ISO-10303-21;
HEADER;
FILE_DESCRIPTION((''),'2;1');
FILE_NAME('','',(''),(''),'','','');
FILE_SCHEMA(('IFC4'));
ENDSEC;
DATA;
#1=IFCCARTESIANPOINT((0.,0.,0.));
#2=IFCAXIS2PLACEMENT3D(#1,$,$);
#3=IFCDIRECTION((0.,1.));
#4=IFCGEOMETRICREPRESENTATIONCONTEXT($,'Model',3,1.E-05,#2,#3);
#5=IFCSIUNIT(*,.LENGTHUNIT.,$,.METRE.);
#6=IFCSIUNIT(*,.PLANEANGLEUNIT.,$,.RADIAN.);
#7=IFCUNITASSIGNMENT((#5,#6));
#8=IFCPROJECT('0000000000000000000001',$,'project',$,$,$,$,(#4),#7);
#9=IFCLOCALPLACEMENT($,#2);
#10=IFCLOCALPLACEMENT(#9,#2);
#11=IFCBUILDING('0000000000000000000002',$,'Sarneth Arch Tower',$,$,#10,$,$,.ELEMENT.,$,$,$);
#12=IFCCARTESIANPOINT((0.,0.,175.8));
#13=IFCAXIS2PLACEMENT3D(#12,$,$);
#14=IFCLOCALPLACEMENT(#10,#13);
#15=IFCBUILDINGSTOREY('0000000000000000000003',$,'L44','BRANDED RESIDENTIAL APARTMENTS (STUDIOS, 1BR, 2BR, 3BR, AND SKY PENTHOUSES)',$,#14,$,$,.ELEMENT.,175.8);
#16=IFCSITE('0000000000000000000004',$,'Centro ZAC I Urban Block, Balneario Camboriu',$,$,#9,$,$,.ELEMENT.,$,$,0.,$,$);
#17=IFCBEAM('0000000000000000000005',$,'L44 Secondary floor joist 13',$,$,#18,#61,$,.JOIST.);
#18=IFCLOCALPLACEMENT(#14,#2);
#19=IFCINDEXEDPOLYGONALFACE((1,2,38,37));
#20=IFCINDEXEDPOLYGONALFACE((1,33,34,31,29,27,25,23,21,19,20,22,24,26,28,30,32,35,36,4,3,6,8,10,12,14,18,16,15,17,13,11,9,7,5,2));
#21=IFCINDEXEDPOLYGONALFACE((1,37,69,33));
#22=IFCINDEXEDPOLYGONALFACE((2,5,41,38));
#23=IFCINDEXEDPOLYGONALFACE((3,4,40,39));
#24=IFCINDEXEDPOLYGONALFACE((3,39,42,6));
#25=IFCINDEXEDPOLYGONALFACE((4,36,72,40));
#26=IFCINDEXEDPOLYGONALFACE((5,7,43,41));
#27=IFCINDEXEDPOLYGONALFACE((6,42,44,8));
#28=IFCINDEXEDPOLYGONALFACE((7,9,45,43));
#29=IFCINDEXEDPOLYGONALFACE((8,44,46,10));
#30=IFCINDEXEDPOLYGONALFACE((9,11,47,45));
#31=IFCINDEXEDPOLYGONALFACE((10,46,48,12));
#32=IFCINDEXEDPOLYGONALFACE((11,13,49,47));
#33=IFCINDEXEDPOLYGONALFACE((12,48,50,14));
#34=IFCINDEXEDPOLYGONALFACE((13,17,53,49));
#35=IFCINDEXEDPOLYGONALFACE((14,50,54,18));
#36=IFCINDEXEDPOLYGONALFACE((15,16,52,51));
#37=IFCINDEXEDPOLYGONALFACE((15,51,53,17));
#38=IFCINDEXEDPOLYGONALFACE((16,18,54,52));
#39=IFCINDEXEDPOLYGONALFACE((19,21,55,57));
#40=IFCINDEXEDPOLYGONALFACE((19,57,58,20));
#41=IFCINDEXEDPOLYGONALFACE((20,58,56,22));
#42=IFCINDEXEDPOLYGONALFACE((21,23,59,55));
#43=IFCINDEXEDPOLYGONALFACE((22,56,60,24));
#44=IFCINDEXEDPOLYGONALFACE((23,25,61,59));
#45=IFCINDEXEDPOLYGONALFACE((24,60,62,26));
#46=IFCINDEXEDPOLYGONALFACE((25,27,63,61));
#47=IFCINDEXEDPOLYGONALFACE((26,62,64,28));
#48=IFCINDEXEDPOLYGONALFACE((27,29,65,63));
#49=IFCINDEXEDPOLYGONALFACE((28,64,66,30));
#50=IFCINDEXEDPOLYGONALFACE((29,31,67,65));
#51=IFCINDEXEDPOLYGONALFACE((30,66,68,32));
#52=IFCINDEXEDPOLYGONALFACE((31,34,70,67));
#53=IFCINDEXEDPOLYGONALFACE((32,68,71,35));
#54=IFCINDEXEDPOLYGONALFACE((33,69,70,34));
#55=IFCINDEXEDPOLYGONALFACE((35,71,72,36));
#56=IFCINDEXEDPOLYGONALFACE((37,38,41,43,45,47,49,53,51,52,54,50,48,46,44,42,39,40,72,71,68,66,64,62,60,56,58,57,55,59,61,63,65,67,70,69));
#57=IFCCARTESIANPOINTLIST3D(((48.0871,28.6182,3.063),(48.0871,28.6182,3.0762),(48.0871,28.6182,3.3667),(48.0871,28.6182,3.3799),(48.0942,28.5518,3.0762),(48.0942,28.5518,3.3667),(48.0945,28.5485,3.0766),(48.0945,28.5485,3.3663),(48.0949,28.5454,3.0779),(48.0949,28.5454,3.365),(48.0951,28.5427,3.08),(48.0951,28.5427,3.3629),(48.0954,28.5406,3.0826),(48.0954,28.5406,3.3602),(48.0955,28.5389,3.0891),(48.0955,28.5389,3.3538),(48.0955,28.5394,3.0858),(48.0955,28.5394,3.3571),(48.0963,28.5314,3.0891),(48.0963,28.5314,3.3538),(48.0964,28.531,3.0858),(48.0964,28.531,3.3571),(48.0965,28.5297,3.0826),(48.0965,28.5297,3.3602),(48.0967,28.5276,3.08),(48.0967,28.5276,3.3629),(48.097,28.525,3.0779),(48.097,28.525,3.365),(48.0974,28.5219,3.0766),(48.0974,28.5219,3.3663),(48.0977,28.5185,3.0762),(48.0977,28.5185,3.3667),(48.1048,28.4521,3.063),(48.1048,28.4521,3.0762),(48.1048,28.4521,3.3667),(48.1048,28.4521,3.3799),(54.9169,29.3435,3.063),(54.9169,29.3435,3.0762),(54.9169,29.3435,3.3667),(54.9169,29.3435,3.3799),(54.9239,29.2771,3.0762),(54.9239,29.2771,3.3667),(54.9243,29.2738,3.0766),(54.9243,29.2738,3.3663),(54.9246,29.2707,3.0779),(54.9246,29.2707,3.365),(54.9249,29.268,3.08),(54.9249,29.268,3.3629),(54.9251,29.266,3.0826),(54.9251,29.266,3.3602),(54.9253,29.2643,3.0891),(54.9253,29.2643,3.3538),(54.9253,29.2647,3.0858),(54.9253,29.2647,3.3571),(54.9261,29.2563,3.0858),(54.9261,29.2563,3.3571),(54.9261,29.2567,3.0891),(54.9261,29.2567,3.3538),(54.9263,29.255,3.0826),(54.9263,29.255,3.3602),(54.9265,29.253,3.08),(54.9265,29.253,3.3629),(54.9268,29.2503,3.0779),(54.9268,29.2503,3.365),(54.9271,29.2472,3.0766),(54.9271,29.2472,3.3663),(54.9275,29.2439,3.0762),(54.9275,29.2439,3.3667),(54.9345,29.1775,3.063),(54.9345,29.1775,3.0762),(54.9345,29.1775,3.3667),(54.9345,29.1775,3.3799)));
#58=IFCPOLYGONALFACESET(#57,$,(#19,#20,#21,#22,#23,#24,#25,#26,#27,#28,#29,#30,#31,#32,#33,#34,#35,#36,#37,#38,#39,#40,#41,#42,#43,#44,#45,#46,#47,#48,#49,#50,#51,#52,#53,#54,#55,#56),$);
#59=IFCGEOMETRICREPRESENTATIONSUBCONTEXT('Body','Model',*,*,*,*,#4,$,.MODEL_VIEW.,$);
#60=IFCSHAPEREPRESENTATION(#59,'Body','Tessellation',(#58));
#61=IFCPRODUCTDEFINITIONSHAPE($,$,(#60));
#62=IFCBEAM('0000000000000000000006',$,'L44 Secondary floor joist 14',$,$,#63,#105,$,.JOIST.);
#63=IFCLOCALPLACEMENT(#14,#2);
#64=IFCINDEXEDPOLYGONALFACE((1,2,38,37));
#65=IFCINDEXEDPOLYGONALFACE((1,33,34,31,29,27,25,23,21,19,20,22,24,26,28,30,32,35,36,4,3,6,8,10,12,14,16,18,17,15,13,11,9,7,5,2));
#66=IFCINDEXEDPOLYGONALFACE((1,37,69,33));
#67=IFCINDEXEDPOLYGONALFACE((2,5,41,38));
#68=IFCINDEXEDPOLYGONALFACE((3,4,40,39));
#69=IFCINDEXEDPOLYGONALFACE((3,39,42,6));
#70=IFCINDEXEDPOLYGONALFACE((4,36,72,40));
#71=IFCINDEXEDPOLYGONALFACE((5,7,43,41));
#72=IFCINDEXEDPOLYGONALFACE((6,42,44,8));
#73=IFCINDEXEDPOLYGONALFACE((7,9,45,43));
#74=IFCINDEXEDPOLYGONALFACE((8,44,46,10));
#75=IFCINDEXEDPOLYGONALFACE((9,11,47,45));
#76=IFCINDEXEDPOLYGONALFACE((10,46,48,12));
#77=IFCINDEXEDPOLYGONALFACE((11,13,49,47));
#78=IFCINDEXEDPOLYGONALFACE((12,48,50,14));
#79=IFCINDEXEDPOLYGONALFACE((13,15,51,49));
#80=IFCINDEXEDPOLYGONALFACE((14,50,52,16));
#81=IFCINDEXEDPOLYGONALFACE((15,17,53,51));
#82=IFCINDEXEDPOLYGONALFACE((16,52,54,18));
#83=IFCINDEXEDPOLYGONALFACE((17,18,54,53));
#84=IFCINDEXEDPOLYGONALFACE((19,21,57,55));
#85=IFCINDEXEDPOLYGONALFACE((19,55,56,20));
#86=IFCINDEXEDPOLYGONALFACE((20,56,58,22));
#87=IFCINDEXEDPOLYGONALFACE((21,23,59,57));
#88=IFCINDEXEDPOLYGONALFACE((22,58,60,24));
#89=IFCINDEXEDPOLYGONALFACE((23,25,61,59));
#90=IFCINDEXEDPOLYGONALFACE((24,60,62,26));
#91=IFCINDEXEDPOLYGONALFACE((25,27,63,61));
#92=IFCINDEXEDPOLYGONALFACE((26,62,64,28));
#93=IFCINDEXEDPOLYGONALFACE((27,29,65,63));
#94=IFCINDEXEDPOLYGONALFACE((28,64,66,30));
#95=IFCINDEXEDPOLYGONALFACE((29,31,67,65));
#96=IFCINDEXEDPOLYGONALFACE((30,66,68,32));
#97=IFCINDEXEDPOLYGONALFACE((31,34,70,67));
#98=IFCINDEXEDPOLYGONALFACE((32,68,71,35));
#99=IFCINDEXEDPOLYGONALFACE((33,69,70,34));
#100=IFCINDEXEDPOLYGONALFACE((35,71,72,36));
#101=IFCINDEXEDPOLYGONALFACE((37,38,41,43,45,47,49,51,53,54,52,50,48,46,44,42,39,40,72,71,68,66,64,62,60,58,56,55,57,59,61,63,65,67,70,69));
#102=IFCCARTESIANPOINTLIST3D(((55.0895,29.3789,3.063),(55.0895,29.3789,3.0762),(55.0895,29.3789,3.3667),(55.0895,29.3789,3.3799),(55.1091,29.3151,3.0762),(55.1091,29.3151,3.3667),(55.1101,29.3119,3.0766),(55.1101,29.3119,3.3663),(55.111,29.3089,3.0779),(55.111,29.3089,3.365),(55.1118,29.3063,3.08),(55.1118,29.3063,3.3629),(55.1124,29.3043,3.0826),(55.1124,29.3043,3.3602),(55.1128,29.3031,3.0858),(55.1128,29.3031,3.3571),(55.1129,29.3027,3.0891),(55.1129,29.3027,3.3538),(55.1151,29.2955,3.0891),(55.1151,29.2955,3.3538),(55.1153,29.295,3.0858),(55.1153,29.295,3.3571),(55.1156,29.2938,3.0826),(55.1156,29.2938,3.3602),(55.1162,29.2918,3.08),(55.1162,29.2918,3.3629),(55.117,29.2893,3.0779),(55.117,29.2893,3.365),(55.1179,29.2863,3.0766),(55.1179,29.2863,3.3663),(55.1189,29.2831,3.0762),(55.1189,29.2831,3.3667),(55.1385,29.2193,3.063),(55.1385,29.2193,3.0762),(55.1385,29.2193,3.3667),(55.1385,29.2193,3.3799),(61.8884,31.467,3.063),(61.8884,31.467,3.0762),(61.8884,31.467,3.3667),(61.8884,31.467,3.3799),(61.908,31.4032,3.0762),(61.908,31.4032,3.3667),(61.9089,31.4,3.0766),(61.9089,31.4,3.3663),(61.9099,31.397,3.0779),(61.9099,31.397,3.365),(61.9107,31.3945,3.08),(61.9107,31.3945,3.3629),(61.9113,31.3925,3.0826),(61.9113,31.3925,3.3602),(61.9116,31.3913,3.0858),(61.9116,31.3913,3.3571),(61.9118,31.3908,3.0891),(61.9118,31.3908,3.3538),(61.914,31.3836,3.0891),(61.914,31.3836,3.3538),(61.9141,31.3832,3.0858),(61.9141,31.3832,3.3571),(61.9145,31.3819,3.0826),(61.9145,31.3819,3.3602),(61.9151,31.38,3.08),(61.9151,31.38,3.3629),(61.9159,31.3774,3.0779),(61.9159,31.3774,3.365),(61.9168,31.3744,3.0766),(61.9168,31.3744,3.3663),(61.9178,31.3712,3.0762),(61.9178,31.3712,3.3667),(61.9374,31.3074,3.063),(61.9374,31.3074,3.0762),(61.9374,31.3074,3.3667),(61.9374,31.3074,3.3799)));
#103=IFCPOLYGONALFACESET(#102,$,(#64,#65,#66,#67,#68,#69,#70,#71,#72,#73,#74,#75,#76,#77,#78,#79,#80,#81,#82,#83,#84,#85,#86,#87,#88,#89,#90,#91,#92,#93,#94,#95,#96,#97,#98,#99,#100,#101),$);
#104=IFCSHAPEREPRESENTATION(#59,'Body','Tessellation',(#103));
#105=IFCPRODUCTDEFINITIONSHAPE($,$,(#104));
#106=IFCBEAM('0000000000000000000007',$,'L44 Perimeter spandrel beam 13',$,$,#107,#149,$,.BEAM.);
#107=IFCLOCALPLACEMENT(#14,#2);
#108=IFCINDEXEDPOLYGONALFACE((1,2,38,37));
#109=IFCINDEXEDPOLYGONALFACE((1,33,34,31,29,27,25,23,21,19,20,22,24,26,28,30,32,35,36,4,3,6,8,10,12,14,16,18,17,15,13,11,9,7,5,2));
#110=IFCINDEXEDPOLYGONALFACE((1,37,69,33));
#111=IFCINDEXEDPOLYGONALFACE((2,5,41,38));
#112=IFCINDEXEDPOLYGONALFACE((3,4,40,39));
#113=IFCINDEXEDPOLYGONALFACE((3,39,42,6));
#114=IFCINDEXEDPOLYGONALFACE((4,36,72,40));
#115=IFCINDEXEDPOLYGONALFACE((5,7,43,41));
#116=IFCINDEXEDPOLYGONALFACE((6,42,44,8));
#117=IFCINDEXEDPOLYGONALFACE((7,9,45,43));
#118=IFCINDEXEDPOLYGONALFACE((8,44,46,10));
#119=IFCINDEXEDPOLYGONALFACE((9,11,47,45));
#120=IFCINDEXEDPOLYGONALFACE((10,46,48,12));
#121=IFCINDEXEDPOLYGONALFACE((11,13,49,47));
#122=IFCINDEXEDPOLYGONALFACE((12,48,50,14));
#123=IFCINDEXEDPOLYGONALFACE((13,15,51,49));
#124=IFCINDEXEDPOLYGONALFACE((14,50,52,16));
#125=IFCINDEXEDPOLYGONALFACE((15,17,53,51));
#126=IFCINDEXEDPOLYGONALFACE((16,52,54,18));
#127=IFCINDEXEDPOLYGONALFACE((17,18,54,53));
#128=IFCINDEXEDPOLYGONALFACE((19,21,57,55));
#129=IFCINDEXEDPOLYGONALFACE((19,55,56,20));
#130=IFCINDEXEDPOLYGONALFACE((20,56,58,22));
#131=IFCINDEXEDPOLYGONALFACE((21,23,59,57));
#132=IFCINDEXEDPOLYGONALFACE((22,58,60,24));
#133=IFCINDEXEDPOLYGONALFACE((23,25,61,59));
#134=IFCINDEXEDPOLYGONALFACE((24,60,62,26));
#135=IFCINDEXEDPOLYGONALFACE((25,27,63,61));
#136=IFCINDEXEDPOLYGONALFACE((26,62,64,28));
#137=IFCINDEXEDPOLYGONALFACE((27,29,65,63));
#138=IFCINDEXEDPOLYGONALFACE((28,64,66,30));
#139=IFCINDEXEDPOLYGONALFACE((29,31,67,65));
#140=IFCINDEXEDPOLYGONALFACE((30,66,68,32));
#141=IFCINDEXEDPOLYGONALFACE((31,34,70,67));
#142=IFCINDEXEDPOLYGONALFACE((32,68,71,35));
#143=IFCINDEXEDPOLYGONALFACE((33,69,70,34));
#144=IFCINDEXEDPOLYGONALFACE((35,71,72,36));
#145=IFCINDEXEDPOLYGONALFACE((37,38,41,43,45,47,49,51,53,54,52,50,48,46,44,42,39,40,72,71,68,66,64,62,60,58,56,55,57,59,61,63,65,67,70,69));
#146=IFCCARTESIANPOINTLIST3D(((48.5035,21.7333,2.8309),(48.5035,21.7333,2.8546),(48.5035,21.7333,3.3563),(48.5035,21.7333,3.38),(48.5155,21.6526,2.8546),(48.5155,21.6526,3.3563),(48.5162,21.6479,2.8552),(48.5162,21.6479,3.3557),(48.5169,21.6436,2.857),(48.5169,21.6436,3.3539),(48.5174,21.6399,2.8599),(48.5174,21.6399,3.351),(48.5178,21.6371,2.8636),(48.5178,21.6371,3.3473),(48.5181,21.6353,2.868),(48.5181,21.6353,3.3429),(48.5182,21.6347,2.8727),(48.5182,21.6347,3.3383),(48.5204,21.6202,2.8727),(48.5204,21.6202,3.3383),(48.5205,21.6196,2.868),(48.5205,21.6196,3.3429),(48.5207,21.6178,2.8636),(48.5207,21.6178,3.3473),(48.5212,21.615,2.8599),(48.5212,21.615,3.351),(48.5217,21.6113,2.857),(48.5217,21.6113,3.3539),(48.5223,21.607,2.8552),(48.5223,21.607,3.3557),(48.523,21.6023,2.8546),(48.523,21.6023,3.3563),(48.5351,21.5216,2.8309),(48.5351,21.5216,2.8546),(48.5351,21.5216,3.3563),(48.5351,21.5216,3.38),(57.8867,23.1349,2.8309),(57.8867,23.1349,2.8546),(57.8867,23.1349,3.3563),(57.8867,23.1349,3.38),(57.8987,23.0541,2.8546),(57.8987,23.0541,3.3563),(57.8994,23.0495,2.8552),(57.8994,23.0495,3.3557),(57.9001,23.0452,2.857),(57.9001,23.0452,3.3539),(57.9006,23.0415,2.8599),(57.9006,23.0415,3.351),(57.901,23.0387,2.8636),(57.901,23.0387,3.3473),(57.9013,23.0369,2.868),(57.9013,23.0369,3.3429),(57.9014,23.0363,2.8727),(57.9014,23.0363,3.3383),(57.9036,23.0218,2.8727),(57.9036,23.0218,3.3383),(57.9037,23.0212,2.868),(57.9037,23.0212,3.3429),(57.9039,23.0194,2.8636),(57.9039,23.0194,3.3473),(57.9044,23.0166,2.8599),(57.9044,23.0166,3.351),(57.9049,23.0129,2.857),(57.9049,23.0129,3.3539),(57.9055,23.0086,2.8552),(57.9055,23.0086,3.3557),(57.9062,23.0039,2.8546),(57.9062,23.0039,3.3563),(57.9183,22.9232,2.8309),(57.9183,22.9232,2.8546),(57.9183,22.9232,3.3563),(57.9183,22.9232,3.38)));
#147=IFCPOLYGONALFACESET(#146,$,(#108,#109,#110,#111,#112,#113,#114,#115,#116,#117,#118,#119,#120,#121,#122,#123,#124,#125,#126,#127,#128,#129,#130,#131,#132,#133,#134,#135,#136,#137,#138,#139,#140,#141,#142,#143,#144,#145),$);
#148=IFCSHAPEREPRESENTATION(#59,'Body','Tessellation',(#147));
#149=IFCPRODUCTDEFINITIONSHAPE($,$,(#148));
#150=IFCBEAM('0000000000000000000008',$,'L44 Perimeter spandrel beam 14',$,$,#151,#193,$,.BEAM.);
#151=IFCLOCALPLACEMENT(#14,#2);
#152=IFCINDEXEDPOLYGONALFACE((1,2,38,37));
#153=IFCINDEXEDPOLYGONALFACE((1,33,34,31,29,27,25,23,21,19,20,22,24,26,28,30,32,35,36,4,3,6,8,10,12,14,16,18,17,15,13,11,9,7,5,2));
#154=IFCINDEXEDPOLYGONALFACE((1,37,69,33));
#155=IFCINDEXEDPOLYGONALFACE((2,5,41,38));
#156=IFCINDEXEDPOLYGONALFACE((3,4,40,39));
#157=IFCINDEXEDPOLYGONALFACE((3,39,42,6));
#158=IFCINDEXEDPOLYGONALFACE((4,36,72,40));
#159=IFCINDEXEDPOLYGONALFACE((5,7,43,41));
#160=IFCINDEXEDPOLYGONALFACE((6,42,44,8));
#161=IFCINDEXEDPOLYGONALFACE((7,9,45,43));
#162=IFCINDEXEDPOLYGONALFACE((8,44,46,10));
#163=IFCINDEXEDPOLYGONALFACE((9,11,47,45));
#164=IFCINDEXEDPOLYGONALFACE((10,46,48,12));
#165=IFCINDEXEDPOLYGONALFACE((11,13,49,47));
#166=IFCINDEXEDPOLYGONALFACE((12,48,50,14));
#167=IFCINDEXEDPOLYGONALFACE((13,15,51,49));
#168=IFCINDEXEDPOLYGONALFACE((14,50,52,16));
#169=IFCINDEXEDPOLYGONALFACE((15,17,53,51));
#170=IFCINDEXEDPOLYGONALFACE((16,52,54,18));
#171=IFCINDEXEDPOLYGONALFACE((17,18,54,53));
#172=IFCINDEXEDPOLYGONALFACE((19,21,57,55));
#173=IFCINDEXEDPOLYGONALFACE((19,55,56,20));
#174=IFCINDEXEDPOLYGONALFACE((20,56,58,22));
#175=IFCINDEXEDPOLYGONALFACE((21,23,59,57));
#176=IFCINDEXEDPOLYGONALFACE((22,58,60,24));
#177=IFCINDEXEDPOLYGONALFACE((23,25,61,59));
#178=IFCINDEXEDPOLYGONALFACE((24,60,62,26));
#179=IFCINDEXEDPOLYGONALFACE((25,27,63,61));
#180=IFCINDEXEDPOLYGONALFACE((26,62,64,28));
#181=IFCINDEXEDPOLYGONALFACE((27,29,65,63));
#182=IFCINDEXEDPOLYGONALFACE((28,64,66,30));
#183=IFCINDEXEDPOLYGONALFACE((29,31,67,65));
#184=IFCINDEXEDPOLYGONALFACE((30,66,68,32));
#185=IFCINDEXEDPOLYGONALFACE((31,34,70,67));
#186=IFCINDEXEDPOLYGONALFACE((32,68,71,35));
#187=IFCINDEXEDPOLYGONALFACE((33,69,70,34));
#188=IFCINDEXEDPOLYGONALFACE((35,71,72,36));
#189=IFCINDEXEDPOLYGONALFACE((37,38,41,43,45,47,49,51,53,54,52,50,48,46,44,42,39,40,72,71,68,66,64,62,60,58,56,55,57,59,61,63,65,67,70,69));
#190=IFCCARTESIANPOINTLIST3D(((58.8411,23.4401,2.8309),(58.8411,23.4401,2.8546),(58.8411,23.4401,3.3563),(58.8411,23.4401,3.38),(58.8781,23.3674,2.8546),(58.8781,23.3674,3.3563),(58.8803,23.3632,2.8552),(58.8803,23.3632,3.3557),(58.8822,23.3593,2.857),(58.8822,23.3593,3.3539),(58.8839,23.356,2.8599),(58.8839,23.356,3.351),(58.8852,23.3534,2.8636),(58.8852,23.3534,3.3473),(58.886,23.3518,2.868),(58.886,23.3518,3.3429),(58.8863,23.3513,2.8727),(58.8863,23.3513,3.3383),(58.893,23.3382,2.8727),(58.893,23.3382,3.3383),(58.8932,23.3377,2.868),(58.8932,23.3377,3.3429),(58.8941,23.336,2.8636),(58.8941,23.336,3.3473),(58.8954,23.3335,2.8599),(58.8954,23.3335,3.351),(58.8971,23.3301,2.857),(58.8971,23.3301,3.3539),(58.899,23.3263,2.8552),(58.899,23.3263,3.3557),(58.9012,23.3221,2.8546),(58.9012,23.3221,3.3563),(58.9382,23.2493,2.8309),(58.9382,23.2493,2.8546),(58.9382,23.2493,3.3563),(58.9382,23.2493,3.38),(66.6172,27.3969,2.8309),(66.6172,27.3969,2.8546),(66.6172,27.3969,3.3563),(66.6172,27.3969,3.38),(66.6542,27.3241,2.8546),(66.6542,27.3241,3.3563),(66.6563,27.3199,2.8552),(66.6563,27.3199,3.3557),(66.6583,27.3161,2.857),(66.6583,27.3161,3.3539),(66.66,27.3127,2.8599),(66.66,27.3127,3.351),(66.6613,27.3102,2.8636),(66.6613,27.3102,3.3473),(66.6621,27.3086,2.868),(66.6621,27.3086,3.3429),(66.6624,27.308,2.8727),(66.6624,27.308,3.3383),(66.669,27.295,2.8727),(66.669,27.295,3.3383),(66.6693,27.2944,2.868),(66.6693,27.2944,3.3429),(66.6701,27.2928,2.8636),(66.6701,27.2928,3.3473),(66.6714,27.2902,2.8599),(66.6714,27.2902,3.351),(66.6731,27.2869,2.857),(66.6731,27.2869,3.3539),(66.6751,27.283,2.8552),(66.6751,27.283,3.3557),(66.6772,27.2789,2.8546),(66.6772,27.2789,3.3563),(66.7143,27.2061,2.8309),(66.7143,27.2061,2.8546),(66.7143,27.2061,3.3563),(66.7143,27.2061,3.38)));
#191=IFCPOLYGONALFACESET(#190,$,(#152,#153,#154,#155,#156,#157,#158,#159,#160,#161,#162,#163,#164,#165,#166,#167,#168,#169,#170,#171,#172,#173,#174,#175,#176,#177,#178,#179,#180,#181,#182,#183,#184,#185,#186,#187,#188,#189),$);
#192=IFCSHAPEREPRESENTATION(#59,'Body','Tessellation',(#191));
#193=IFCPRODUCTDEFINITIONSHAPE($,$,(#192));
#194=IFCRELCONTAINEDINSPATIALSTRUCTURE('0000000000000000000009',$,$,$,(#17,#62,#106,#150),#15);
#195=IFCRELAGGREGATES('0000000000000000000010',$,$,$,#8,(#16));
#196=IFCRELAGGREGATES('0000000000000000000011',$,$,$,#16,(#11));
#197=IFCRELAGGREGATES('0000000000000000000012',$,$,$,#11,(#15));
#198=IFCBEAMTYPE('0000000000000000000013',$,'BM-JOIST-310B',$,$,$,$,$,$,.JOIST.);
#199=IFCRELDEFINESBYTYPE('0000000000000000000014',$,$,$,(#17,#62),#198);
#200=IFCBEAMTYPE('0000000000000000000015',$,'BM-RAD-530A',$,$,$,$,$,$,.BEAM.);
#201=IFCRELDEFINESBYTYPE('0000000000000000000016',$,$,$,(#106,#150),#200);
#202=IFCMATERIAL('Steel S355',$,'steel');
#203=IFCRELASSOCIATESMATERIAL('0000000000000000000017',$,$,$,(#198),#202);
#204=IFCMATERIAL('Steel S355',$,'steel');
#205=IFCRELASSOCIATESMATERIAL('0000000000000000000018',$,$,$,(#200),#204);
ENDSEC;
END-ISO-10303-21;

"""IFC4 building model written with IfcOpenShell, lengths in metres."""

from ifc_helpers import new_model, si_unit, direction, frame, origin, origin_2d, place, context, subcontext, project, spatial, i_section, extrude, material, material_profile, profile_set, type_object, element, save


model = new_model("IFC4")

# Units and contexts
model_context = context("Model", 3, precision=1e-05, world=origin(), true_north=direction((0.0, 1.0)))
body_context = subcontext(model_context, "Body", "Model", "MODEL_VIEW")
ifc_project = project(units=[si_unit("LENGTHUNIT", "METRE"), si_unit("PLANEANGLEUNIT", "RADIAN")], contexts=[model_context])

# Site, building, storey
site_placement = place(None, origin())
site = spatial("IfcSite", under=ifc_project, at=site_placement, Name="Centro ZAC I Urban Block, Balneario Camboriu", CompositionType="ELEMENT", RefElevation=0.0)
building_placement = place(site_placement, origin())
building = spatial("IfcBuilding", under=site, at=building_placement, Name="Sarneth Arch Tower", CompositionType="ELEMENT")
storey_placement = place(building_placement, frame((0.0, 0.0, 175.8)))
storey = spatial("IfcBuildingStorey", under=building, at=storey_placement, Name="L44", Description="BRANDED RESIDENTIAL APARTMENTS (STUDIOS, 1BR, 2BR, 3BR, AND SKY PENTHOUSES)", CompositionType="ELEMENT", Elevation=175.8)

# Beams
ifc_material_1 = material(Name="Steel S355", Category="steel")
ifc_material_profile_1 = material_profile(ifc_material_1, i_section(OverallWidth=0.167, OverallDepth=0.3169, WebThickness=0.0076, FlangeThickness=0.0132, FilletRadius=0.0129, at=origin_2d()), Name="W310x52")
ifc_profile_set_1 = profile_set([ifc_material_profile_1], Name="Steel S355")
beam_type_1 = type_object("IfcBeamType", Name="BM-JOIST-310B", PredefinedType="JOIST", material=ifc_profile_set_1)
beam_1_placement = place(storey_placement, frame((48.0959, 28.5352, 3.2214), z_axis=(0.994408, 0.105608, 0.0), x_axis=(-0.105608, 0.994408, 0.0)))
element("IfcBeam", 1, at=beam_1_placement, inside=storey, type_object=beam_type_1, Name="L44 Secondary floor joist 13", PredefinedType="JOIST", context=body_context, shape_type="SweptSolid", body=[
    extrude(i_section(OverallWidth=0.167, OverallDepth=0.3169, WebThickness=0.0076, FlangeThickness=0.0132, FilletRadius=0.0129, at=origin_2d()), origin(), (0.0, 0.0, 1.0), 6.8682),
])
beam_2_placement = place(storey_placement, frame((55.114, 29.2991, 3.2214), z_axis=(0.95593, 0.293596, 0.0), x_axis=(-0.293596, 0.95593, 0.0)))
element("IfcBeam", 2, at=beam_2_placement, inside=storey, type_object=beam_type_1, Name="L44 Secondary floor joist 14", PredefinedType="JOIST", context=body_context, shape_type="SweptSolid", body=[
    extrude(i_section(OverallWidth=0.167, OverallDepth=0.3169, WebThickness=0.0076, FlangeThickness=0.0132, FilletRadius=0.0129, at=origin_2d()), origin(), (0.0, 0.0, 1.0), 7.1123),
])
ifc_material_2 = material(Name="Steel S355", Category="steel")
ifc_material_profile_2 = material_profile(ifc_material_2, i_section(OverallWidth=0.2141, OverallDepth=0.5491, WebThickness=0.0146, FlangeThickness=0.0237, FilletRadius=0.0181, at=origin_2d()), Name="W530x138")
ifc_profile_set_2 = profile_set([ifc_material_profile_2], Name="Steel S355")
beam_type_2 = type_object("IfcBeamType", Name="BM-RAD-530A", PredefinedType="BEAM", material=ifc_profile_set_2)
beam_3_placement = place(storey_placement, frame((48.5193, 21.6274, 3.1055), z_axis=(0.989027, 0.147734, 0.0), x_axis=(-0.147734, 0.989027, 0.0)))
element("IfcBeam", 3, at=beam_3_placement, inside=storey, type_object=beam_type_2, Name="L44 Perimeter spandrel beam 13", PredefinedType="BEAM", context=body_context, shape_type="SweptSolid", body=[
    extrude(i_section(OverallWidth=0.2141, OverallDepth=0.5491, WebThickness=0.0146, FlangeThickness=0.0237, FilletRadius=0.0181, at=origin_2d()), origin(), (0.0, 0.0, 1.0), 9.4873),
])
beam_4_placement = place(storey_placement, frame((58.8896, 23.3447, 3.1055), z_axis=(0.891254, 0.453504, 0.0), x_axis=(-0.453504, 0.891254, 0.0)))
element("IfcBeam", 4, at=beam_4_placement, inside=storey, type_object=beam_type_2, Name="L44 Perimeter spandrel beam 14", PredefinedType="BEAM", context=body_context, shape_type="SweptSolid", body=[
    extrude(i_section(OverallWidth=0.2141, OverallDepth=0.5491, WebThickness=0.0146, FlangeThickness=0.0237, FilletRadius=0.0181, at=origin_2d()), origin(), (0.0, 0.0, 1.0), 8.7249),
])

save(model, "model.ifc")
